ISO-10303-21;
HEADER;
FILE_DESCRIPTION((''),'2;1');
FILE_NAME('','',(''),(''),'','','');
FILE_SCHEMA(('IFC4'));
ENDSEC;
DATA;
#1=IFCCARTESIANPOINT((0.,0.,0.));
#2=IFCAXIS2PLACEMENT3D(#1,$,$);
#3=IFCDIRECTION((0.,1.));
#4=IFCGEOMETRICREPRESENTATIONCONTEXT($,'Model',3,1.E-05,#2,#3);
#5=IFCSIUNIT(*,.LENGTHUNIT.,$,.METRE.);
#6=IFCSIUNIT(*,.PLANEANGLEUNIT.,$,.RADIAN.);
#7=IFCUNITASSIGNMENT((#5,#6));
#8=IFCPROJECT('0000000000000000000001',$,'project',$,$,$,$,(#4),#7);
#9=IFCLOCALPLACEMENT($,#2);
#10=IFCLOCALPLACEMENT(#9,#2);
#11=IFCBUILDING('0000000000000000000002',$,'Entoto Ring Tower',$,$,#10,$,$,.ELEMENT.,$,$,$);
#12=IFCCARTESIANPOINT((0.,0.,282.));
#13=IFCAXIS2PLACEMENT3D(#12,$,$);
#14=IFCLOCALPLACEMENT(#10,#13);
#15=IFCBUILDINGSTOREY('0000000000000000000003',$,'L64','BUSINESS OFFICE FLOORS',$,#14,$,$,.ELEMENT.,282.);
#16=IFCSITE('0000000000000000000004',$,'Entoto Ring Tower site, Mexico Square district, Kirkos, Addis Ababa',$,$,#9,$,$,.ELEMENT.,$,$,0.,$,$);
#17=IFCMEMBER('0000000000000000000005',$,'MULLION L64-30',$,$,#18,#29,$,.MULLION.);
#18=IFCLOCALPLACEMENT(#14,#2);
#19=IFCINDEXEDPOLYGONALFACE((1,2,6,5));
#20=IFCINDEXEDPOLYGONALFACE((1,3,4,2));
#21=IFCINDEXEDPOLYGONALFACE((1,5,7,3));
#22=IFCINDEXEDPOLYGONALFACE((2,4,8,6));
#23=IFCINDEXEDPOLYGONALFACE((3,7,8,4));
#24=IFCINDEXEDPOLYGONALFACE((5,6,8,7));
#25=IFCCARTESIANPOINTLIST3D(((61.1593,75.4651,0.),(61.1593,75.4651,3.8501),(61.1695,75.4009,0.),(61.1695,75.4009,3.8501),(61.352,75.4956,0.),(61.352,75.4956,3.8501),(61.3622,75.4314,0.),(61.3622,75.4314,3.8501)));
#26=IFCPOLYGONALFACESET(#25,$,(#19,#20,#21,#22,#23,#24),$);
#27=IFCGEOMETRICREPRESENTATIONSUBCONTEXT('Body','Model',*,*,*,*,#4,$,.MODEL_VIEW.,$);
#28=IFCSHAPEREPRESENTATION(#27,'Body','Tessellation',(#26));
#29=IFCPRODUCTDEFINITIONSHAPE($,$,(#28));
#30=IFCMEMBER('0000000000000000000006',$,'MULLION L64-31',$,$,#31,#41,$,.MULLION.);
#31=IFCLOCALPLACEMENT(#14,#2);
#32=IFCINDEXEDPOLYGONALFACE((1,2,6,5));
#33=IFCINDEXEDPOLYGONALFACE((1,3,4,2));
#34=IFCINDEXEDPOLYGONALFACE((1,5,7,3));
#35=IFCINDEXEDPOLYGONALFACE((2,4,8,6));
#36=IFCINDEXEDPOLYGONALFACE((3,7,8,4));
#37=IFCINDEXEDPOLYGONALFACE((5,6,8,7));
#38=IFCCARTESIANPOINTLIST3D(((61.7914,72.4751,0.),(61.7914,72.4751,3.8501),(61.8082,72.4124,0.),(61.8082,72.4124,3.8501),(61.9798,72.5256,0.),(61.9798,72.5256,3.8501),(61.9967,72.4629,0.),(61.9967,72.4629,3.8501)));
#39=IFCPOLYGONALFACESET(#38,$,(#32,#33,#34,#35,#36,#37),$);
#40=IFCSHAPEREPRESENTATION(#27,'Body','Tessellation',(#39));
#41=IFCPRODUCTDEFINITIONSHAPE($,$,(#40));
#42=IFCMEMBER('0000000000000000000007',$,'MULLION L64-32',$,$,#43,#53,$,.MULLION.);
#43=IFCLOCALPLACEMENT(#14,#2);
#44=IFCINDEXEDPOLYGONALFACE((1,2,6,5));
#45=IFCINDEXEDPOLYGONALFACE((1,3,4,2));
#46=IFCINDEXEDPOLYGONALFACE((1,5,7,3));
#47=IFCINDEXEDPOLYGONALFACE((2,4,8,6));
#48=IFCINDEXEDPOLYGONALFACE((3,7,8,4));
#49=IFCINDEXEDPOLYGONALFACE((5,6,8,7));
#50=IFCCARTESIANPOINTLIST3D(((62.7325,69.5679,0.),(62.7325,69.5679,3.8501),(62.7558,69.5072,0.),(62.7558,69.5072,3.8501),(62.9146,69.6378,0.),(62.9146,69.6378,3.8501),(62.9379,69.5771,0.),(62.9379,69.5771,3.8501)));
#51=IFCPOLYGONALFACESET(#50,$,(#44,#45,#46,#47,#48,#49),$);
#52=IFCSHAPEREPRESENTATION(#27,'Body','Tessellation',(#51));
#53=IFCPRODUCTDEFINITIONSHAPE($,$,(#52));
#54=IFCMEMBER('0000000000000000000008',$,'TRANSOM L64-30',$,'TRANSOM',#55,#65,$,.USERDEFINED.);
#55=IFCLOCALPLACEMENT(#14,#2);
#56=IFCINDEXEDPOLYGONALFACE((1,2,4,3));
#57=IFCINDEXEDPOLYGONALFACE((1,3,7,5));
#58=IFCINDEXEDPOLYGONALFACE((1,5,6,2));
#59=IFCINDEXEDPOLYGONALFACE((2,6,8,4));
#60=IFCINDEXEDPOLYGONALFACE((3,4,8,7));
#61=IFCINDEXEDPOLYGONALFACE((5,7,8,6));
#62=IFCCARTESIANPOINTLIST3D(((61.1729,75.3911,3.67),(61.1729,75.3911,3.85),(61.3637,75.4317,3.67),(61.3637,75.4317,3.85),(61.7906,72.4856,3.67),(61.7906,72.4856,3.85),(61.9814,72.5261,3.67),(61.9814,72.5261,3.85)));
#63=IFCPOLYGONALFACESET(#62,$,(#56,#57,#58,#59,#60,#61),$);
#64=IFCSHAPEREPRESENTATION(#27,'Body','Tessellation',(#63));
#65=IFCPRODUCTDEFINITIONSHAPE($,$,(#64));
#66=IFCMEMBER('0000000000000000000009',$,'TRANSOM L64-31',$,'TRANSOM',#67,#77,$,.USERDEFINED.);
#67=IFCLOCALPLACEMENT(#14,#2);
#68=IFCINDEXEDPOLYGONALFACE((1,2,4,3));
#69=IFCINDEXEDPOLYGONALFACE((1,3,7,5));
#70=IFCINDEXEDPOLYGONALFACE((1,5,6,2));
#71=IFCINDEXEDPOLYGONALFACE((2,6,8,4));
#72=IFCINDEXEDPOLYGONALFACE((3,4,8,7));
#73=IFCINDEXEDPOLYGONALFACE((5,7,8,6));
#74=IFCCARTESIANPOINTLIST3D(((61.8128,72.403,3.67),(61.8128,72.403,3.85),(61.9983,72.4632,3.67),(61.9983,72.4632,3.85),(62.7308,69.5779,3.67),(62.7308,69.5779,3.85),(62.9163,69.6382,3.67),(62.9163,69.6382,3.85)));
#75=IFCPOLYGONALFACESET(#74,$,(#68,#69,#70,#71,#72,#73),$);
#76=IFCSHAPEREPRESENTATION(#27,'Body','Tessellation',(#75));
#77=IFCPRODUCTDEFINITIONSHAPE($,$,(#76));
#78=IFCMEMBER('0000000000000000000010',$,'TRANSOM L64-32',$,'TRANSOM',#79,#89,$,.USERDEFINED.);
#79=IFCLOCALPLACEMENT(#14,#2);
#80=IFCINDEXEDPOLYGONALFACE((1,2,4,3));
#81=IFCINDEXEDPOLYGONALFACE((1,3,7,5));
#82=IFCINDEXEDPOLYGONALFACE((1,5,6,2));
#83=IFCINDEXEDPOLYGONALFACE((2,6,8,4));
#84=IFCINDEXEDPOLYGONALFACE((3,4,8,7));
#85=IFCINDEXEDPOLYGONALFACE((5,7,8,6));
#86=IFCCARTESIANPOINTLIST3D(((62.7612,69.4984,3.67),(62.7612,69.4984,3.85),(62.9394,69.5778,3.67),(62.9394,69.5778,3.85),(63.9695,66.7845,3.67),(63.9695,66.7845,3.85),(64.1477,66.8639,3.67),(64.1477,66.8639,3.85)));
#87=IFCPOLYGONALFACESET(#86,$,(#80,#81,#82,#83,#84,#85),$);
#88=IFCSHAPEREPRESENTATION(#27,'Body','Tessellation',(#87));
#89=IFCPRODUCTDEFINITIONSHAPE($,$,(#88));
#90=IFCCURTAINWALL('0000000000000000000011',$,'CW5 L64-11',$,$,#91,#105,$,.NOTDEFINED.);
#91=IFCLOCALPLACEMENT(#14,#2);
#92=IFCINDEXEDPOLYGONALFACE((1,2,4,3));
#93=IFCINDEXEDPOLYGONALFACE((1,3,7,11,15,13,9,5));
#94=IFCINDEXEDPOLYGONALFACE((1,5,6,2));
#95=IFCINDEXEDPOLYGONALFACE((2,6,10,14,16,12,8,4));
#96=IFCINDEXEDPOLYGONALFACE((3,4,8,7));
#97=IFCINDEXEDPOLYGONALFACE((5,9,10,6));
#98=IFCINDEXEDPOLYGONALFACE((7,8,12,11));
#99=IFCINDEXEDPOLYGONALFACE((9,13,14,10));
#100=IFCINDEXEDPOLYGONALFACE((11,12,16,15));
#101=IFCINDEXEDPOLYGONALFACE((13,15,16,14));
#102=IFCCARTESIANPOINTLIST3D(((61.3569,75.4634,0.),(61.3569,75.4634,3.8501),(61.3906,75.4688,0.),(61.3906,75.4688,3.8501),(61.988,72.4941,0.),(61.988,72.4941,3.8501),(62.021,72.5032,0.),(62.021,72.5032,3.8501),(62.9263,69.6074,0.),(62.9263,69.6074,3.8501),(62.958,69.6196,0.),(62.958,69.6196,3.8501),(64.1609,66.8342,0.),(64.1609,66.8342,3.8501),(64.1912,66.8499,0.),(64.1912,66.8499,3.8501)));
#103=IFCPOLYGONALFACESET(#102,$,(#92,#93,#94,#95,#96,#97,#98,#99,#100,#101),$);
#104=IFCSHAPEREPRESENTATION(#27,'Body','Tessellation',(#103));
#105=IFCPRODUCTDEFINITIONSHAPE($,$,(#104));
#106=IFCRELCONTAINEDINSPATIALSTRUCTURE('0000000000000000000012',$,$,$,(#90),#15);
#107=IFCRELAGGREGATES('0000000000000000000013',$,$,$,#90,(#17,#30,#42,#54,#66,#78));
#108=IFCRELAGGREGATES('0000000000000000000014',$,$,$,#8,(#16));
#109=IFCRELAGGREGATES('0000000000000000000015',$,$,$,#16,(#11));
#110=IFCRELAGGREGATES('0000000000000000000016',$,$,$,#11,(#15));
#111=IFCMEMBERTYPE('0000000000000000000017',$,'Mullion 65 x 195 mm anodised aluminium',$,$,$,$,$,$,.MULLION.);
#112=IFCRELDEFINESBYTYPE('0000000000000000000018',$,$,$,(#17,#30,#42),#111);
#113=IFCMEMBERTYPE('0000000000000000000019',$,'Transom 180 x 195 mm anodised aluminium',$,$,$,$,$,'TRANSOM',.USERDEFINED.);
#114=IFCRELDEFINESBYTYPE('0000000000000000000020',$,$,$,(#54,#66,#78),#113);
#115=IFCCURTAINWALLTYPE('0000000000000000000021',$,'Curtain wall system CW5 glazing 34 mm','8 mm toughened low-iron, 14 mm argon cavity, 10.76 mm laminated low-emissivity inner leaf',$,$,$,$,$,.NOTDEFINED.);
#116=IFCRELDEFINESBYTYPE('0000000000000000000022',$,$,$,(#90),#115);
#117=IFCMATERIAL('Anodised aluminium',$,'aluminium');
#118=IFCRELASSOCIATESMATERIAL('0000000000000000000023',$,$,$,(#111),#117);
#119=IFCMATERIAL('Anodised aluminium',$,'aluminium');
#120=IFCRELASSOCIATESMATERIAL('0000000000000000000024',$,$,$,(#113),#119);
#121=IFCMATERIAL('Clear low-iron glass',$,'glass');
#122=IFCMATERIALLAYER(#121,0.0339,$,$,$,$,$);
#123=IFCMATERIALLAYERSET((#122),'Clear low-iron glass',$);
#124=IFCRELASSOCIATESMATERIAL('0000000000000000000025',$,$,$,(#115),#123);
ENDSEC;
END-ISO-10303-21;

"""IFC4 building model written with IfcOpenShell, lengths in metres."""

from ifc_helpers import new_model, si_unit, direction, frame, origin, origin_2d, place, context, subcontext, project, spatial, polyline, rectangle, outline, extrude, material, layer, layer_set, material_profile, profile_set, type_object, element, aggregate, save


model = new_model("IFC4")

# Units and contexts
model_context = context("Model", 3, precision=1e-05, world=origin(), true_north=direction((0.0, 1.0)))
body_context = subcontext(model_context, "Body", "Model", "MODEL_VIEW")
ifc_project = project(units=[si_unit("LENGTHUNIT", "METRE"), si_unit("PLANEANGLEUNIT", "RADIAN")], contexts=[model_context])

# Members
ifc_material_1 = material(Name="Anodised aluminium", Category="aluminium")
ifc_material_profile_1 = material_profile(ifc_material_1, rectangle(XDim=0.0649, YDim=0.1951, at=origin_2d()), Name="Mullion 65 x 195 mm anodised aluminium")
ifc_profile_set_1 = profile_set([ifc_material_profile_1], Name="Anodised aluminium")
member_type_1 = type_object("IfcMemberType", Name="Mullion 65 x 195 mm anodised aluminium", PredefinedType="MULLION", material=ifc_profile_set_1)
site_placement = place(None, origin())
building_placement = place(site_placement, origin())
storey_placement = place(building_placement, frame((0.0, 0.0, 282.0)))
member_1_placement = place(storey_placement, frame((61.2607, 75.4482, 0.0), z_axis=(0.0, 0.0, 1.0), x_axis=(0.156434, -0.987688, 0.0)))
member_1 = element("IfcMember", 1, at=member_1_placement, type_object=member_type_1, Name="MULLION L64-30", PredefinedType="MULLION", context=body_context, shape_type="SweptSolid", body=[
    extrude(rectangle(XDim=0.0649, YDim=0.1951, at=origin_2d()), origin(), (0.0, 0.0, 1.0), 3.8501),
])
member_2_placement = place(storey_placement, frame((61.894, 72.469, 0.0), z_axis=(0.0, 0.0, 1.0), x_axis=(0.258819, -0.965926, 0.0)))
member_2 = element("IfcMember", 2, at=member_2_placement, type_object=member_type_1, Name="MULLION L64-31", PredefinedType="MULLION", context=body_context, shape_type="SweptSolid", body=[
    extrude(rectangle(XDim=0.0649, YDim=0.1951, at=origin_2d()), origin(), (0.0, 0.0, 1.0), 3.8501),
])
member_3_placement = place(storey_placement, frame((62.8352, 69.5725, 0.0), z_axis=(0.0, 0.0, 1.0), x_axis=(0.358368, -0.93358, 0.0)))
member_3 = element("IfcMember", 3, at=member_3_placement, type_object=member_type_1, Name="MULLION L64-32", PredefinedType="MULLION", context=body_context, shape_type="SweptSolid", body=[
    extrude(rectangle(XDim=0.0649, YDim=0.1951, at=origin_2d()), origin(), (0.0, 0.0, 1.0), 3.8501),
])
ifc_material_2 = material(Name="Anodised aluminium", Category="aluminium")
ifc_material_profile_2 = material_profile(ifc_material_2, rectangle(XDim=0.1951, YDim=0.1799, at=origin_2d()), Name="Transom 180 x 195 mm anodised aluminium")
ifc_profile_set_2 = profile_set([ifc_material_profile_2], Name="Anodised aluminium")
member_type_2 = type_object("IfcMemberType", Name="Transom 180 x 195 mm anodised aluminium", ElementType="TRANSOM", PredefinedType="USERDEFINED", material=ifc_profile_set_2)
member_4_placement = place(storey_placement, frame((61.2683, 75.4114, 3.76), z_axis=(0.20794, -0.978142, 0.0), x_axis=(0.978142, 0.20794, 0.0)))
member_4 = element("IfcMember", 4, at=member_4_placement, type_object=member_type_2, Name="TRANSOM L64-30", ObjectType="TRANSOM", PredefinedType="USERDEFINED", context=body_context, shape_type="SweptSolid", body=[
    extrude(rectangle(XDim=0.1951, YDim=0.1799, at=origin_2d()), origin(), (0.0, 0.0, 1.0), 2.9705),
])
member_5_placement = place(storey_placement, frame((61.9055, 72.4331, 3.76), z_axis=(0.309043, -0.951048, 0.0), x_axis=(0.951048, 0.309043, 0.0)))
member_5 = element("IfcMember", 5, at=member_5_placement, type_object=member_type_2, Name="TRANSOM L64-31", ObjectType="TRANSOM", PredefinedType="USERDEFINED", context=body_context, shape_type="SweptSolid", body=[
    extrude(rectangle(XDim=0.1951, YDim=0.1799, at=origin_2d()), origin(), (0.0, 0.0, 1.0), 2.9705),
])
member_6_placement = place(storey_placement, frame((62.8503, 69.5381, 3.76), z_axis=(0.406726, -0.91355, 0.0), x_axis=(0.91355, 0.406726, 0.0)))
member_6 = element("IfcMember", 6, at=member_6_placement, type_object=member_type_2, Name="TRANSOM L64-32", ObjectType="TRANSOM", PredefinedType="USERDEFINED", context=body_context, shape_type="SweptSolid", body=[
    extrude(rectangle(XDim=0.1951, YDim=0.1799, at=origin_2d()), origin(), (0.0, 0.0, 1.0), 2.9707),
])

# Site, building, storey
site = spatial("IfcSite", under=ifc_project, at=site_placement, Name="Entoto Ring Tower site, Mexico Square district, Kirkos, Addis Ababa", CompositionType="ELEMENT", RefElevation=0.0)
building = spatial("IfcBuilding", under=site, at=building_placement, Name="Entoto Ring Tower", CompositionType="ELEMENT")
storey = spatial("IfcBuildingStorey", under=building, at=storey_placement, Name="L64", Description="BUSINESS OFFICE FLOORS", CompositionType="ELEMENT", Elevation=282.0)

# Curtain wall
ifc_material_3 = material(Name="Clear low-iron glass", Category="glass")
ifc_layer = layer(ifc_material_3, 0.0339)
ifc_layer_set = layer_set([ifc_layer], Name="Clear low-iron glass")
curtain_wall_type = type_object("IfcCurtainWallType", Name="Curtain wall system CW5 glazing 34 mm", Description="8 mm toughened low-iron, 14 mm argon cavity, 10.76 mm laminated low-emissivity inner leaf", PredefinedType="NOTDEFINED", material=ifc_layer_set)
curtain_wall_1_placement = place(storey_placement, origin())
curtain_wall_1 = element("IfcCurtainWall", 7, at=curtain_wall_1_placement, inside=storey, type_object=curtain_wall_type, Name="CW5 L64-11", PredefinedType="NOTDEFINED", context=body_context, shape_type="SweptSolid", body=[
    extrude(outline(polyline([(61.3569, 75.4634), (61.988, 72.4941), (62.9263, 69.6074), (64.1609, 66.8342), (64.1912, 66.8499), (62.958, 69.6196), (62.021, 72.5032), (61.3906, 75.4688), (61.3569, 75.4634)])), origin(), (0.0, 0.0, 1.0), 3.8501),
])
aggregate(curtain_wall_1, [member_1, member_2, member_3, member_4, member_5, member_6])

save(model, "model.ifc")
